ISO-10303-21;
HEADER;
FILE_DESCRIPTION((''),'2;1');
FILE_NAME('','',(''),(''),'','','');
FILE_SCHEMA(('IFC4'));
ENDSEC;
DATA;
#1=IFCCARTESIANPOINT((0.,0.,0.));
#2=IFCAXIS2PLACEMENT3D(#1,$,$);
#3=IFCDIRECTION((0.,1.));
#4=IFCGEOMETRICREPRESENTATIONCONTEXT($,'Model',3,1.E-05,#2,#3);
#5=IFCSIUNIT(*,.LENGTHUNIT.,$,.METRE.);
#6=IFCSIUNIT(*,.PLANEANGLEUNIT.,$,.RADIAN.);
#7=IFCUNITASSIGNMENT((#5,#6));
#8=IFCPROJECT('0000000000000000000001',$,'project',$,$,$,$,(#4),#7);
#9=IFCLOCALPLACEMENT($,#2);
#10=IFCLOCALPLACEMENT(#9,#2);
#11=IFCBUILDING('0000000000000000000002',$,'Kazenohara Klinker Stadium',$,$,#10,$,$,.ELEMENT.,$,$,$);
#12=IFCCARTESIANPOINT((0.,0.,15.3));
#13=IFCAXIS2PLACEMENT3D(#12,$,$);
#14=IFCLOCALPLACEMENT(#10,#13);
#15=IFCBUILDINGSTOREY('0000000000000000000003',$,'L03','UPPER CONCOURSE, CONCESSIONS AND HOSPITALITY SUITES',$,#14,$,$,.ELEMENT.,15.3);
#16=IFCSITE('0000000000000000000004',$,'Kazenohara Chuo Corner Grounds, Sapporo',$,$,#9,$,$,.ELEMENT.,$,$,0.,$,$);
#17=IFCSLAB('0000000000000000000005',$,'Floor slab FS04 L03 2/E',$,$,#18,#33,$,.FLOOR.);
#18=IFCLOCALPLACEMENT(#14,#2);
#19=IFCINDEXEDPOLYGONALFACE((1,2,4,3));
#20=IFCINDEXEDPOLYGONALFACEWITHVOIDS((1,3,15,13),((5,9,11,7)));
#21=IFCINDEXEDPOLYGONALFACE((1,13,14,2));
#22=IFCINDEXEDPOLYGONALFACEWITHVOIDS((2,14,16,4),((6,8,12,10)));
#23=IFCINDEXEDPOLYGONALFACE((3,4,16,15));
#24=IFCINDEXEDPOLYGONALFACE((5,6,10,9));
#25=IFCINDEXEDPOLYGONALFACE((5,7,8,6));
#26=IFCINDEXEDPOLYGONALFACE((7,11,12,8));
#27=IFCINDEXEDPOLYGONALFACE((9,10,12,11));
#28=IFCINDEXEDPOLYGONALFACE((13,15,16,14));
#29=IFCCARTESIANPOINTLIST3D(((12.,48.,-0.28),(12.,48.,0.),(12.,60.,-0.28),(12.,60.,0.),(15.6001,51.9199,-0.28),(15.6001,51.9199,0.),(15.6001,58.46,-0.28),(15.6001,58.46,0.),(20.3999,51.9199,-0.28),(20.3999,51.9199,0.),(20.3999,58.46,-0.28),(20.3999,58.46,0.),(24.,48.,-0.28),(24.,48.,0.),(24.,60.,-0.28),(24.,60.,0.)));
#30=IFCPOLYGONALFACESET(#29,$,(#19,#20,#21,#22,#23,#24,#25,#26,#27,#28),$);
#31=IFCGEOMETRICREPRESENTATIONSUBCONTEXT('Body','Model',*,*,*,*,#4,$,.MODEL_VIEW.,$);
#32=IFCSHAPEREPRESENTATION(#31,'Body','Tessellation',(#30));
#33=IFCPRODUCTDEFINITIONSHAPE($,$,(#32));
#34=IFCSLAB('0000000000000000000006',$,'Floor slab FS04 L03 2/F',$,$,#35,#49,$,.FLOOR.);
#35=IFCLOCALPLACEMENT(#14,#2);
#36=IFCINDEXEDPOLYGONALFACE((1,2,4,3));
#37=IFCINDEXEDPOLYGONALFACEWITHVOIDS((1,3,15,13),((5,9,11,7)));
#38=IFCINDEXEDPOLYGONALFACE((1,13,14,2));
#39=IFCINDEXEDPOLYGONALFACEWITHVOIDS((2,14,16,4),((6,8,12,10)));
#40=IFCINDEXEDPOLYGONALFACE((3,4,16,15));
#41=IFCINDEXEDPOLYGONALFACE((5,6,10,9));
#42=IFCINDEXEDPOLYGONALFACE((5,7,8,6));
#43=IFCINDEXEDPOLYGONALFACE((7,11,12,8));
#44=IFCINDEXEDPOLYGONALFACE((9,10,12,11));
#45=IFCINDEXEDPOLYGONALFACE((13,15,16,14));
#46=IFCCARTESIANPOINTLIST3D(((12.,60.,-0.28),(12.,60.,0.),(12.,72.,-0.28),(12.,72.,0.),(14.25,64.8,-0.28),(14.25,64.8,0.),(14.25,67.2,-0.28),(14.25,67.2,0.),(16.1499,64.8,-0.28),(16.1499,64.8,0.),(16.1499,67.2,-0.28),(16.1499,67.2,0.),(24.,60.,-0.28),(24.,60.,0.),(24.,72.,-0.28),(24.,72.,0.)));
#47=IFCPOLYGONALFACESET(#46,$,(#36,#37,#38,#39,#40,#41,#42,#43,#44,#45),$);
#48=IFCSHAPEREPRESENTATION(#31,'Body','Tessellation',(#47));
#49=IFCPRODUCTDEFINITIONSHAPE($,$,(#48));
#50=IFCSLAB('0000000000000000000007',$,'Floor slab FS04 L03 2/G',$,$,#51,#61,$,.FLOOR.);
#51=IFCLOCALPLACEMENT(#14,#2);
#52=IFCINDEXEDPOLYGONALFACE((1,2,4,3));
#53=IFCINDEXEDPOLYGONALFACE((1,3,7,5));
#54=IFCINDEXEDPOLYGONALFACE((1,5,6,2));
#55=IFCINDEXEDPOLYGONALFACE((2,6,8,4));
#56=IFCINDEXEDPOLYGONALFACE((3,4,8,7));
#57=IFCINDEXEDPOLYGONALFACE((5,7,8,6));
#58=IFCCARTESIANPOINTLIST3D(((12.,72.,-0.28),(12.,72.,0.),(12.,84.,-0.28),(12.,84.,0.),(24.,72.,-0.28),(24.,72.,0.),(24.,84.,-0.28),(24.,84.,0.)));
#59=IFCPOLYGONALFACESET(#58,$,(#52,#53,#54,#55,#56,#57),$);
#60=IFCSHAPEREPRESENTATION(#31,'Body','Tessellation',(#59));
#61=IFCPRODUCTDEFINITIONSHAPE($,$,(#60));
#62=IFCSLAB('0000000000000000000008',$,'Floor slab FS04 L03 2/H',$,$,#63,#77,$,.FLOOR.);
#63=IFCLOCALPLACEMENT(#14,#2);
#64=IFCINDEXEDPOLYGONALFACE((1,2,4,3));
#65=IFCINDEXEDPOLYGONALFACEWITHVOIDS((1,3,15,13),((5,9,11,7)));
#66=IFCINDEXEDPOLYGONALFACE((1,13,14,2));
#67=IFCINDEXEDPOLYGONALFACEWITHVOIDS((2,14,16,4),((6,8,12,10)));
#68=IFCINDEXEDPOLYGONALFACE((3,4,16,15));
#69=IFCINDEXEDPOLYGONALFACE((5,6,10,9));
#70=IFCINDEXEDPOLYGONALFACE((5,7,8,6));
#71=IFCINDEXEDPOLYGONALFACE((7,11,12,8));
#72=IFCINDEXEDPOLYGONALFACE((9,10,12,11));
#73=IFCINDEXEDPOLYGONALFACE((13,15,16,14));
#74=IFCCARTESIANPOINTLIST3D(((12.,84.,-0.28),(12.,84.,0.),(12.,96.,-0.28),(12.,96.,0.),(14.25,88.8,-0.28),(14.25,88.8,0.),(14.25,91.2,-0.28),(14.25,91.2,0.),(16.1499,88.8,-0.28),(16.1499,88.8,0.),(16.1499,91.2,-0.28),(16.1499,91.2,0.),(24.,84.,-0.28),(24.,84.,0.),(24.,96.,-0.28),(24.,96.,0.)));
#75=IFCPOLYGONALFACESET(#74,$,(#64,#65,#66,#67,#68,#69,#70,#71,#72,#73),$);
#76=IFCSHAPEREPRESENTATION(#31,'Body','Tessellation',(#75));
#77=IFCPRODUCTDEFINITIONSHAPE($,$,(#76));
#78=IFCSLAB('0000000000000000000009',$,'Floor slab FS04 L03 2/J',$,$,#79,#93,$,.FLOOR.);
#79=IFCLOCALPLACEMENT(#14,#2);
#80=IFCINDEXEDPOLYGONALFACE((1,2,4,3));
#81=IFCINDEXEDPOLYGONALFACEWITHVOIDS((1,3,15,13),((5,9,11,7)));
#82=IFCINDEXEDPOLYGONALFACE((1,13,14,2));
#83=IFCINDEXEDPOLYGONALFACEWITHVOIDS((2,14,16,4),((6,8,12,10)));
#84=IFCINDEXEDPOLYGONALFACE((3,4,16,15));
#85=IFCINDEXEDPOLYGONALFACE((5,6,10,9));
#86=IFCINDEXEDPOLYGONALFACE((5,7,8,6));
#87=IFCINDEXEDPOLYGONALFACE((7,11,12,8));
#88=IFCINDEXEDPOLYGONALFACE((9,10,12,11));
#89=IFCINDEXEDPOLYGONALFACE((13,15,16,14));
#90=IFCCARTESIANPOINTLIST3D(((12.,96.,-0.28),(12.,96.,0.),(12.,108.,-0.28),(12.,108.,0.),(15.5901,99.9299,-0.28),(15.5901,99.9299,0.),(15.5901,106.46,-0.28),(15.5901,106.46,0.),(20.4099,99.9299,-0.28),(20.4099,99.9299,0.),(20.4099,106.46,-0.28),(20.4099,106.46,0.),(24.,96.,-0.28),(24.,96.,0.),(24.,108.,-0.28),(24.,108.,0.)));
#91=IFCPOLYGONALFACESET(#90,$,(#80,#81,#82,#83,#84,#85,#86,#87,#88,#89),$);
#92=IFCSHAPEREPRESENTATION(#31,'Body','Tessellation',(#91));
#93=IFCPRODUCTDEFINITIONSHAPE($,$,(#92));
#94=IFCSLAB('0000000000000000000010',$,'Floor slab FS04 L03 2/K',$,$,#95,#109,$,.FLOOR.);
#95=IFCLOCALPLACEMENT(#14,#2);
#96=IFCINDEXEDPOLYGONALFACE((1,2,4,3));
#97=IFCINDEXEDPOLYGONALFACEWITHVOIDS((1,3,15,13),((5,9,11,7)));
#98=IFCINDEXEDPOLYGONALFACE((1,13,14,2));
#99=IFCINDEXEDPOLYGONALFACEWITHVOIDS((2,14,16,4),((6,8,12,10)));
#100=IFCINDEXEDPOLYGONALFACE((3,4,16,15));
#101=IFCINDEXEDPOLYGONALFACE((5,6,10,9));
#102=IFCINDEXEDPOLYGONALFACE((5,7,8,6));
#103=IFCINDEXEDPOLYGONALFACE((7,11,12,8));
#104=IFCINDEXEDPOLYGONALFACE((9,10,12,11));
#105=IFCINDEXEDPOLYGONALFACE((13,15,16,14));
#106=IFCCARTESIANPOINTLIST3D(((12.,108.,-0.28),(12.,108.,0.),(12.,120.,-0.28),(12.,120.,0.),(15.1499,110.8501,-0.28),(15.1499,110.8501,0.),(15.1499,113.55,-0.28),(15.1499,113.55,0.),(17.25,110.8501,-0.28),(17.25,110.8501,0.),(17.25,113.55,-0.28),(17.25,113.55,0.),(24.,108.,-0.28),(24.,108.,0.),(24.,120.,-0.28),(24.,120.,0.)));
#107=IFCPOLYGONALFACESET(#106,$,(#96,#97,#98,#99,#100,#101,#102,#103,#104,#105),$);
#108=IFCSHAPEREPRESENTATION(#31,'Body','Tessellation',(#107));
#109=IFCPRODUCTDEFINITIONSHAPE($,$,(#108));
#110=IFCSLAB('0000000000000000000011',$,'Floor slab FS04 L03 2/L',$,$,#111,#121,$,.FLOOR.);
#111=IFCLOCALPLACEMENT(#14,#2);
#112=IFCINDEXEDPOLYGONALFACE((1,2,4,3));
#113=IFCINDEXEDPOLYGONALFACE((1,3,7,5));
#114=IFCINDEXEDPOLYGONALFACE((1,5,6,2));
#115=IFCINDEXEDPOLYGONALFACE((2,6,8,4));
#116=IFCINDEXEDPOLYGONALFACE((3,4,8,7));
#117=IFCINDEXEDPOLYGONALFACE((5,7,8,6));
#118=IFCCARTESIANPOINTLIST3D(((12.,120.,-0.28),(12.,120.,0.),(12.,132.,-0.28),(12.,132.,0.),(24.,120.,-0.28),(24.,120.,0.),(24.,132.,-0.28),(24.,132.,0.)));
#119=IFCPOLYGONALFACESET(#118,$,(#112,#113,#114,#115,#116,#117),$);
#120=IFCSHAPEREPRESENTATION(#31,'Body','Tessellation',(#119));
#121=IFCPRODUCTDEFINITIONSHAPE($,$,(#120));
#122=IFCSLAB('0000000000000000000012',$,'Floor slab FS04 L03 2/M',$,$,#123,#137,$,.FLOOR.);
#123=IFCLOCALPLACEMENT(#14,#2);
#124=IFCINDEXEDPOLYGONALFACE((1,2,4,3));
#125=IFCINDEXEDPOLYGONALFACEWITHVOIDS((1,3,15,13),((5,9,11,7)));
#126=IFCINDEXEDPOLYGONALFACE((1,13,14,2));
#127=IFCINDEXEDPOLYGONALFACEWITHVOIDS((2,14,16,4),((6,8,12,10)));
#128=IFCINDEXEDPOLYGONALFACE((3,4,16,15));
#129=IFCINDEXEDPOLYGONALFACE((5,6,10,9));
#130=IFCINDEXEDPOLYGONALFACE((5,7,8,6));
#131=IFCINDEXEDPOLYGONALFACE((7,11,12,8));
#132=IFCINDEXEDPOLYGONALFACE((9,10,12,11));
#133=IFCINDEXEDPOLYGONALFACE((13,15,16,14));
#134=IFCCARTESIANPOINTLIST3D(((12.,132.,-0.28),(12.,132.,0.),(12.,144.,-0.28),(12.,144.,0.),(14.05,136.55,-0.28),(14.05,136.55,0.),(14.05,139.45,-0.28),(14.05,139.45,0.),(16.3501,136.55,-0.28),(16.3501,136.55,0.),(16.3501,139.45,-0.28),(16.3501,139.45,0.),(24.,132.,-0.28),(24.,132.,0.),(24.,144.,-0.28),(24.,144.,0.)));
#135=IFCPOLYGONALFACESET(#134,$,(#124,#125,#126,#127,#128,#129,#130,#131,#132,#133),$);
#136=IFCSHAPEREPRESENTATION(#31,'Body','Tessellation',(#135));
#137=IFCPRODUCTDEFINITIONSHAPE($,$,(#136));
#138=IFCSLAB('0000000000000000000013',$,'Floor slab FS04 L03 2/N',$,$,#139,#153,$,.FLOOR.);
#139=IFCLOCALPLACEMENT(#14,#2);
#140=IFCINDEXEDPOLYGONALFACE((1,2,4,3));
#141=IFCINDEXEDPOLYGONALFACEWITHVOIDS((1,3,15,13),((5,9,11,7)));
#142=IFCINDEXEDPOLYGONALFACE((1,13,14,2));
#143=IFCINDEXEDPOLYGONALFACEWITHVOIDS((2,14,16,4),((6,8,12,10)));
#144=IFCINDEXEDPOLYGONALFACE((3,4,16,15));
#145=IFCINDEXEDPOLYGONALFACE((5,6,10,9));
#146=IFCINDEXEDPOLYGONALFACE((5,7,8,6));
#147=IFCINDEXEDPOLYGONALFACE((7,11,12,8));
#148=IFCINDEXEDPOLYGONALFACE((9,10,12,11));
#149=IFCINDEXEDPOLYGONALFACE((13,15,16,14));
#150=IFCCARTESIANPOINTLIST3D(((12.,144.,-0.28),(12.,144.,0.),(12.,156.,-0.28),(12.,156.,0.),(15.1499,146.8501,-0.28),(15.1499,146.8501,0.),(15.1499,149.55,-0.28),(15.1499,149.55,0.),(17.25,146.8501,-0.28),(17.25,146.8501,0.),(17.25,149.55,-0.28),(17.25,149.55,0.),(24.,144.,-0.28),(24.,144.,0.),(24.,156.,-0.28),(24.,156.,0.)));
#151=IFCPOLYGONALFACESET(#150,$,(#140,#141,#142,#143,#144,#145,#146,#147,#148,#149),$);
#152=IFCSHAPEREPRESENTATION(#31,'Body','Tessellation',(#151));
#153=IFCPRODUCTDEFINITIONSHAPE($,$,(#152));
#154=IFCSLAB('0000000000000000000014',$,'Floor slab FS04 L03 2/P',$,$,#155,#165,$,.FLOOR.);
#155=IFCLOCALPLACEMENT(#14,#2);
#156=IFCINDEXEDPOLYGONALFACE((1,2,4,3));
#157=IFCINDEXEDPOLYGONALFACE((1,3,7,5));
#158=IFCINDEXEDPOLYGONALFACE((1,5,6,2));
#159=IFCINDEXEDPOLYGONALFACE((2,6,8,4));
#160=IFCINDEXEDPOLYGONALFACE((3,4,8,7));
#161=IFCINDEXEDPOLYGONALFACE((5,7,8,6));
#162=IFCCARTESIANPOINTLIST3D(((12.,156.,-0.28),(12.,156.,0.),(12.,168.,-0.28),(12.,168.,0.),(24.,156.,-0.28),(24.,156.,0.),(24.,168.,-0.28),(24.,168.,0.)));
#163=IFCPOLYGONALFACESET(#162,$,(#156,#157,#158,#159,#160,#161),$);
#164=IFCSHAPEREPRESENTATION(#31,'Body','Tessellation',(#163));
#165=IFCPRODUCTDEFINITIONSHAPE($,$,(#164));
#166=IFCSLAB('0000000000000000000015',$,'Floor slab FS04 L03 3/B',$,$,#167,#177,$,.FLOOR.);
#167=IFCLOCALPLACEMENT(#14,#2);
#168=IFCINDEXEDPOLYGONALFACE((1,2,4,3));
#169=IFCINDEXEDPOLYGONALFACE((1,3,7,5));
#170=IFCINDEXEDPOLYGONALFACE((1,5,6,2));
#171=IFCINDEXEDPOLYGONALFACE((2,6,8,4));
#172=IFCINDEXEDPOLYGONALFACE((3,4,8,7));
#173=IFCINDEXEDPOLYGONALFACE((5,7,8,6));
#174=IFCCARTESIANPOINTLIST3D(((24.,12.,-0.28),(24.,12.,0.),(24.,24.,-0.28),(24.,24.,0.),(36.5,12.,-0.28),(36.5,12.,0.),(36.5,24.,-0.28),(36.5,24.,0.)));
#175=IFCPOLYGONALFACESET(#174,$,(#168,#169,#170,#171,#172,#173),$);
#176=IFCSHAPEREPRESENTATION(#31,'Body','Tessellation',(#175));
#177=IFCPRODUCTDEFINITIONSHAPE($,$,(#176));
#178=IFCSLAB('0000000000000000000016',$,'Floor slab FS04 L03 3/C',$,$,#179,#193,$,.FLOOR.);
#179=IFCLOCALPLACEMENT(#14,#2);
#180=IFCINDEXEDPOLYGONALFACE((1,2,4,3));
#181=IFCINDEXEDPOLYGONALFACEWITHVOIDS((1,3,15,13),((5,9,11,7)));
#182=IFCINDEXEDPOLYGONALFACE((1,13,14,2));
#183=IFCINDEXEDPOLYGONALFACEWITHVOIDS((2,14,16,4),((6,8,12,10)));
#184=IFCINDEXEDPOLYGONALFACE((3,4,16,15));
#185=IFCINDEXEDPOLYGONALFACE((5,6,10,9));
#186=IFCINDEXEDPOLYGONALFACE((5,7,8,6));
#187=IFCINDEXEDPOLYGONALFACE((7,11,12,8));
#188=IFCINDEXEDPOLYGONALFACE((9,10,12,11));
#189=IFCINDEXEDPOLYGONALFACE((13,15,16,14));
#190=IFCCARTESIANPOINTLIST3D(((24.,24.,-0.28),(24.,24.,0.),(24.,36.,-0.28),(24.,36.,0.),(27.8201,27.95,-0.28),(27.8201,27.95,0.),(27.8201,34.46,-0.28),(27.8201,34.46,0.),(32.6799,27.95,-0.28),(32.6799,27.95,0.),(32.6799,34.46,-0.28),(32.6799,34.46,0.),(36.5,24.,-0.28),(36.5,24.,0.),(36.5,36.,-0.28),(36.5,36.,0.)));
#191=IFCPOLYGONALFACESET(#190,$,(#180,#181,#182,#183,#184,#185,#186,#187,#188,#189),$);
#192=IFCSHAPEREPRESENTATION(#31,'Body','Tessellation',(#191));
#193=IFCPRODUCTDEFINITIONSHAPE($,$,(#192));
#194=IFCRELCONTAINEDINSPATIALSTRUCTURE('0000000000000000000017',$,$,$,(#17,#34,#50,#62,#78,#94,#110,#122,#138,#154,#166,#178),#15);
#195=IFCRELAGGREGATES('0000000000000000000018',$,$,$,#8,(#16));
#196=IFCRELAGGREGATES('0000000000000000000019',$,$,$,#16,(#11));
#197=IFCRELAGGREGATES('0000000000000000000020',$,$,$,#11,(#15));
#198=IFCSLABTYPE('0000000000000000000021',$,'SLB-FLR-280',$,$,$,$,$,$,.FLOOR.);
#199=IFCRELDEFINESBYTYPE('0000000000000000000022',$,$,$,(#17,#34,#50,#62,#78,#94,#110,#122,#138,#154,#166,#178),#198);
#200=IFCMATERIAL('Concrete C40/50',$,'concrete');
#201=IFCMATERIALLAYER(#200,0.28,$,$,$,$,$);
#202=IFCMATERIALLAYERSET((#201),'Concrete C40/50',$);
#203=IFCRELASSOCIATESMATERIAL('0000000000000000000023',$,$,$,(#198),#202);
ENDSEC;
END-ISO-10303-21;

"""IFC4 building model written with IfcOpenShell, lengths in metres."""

from ifc_helpers import new_model, si_unit, direction, frame, origin, place, context, subcontext, project, spatial, polyline, outline, extrude, material, layer, layer_set, type_object, element, save


model = new_model("IFC4")

# Units and contexts
model_context = context("Model", 3, precision=1e-05, world=origin(), true_north=direction((0.0, 1.0)))
body_context = subcontext(model_context, "Body", "Model", "MODEL_VIEW")
ifc_project = project(units=[si_unit("LENGTHUNIT", "METRE"), si_unit("PLANEANGLEUNIT", "RADIAN")], contexts=[model_context])

# Site, building, storey
site_placement = place(None, origin())
site = spatial("IfcSite", under=ifc_project, at=site_placement, Name="Kazenohara Chuo Corner Grounds, Sapporo", CompositionType="ELEMENT", RefElevation=0.0)
building_placement = place(site_placement, origin())
building = spatial("IfcBuilding", under=site, at=building_placement, Name="Kazenohara Klinker Stadium", CompositionType="ELEMENT")
storey_placement = place(building_placement, frame((0.0, 0.0, 15.3)))
storey = spatial("IfcBuildingStorey", under=building, at=storey_placement, Name="L03", Description="UPPER CONCOURSE, CONCESSIONS AND HOSPITALITY SUITES", CompositionType="ELEMENT", Elevation=15.3)

# Slabs
ifc_material = material(Name="Concrete C40/50", Category="concrete")
ifc_layer = layer(ifc_material, 0.28)
ifc_layer_set = layer_set([ifc_layer], Name="Concrete C40/50")
slab_type = type_object("IfcSlabType", Name="SLB-FLR-280", PredefinedType="FLOOR", material=ifc_layer_set)
slab_1_placement = place(storey_placement, frame((0.0, 0.0, -0.28)))
element("IfcSlab", 1, at=slab_1_placement, inside=storey, type_object=slab_type, Name="Floor slab FS04 L03 2/E", PredefinedType="FLOOR", context=body_context, shape_type="SweptSolid", body=[
    extrude(outline(polyline([(12.0, 48.0), (24.0, 48.0), (24.0, 60.0), (12.0, 60.0), (12.0, 48.0)]), holes=[polyline([(20.3999, 51.9199), (20.3999, 58.46), (15.6001, 58.46), (15.6001, 51.9199), (20.3999, 51.9199)])]), origin(), (0.0, 0.0, 1.0), 0.28),
])
slab_2_placement = place(storey_placement, frame((0.0, 0.0, -0.28)))
element("IfcSlab", 2, at=slab_2_placement, inside=storey, type_object=slab_type, Name="Floor slab FS04 L03 2/F", PredefinedType="FLOOR", context=body_context, shape_type="SweptSolid", body=[
    extrude(outline(polyline([(12.0, 60.0), (24.0, 60.0), (24.0, 72.0), (12.0, 72.0), (12.0, 60.0)]), holes=[polyline([(14.25, 64.8), (16.1499, 64.8), (16.1499, 67.2), (14.25, 67.2), (14.25, 64.8)])]), origin(), (0.0, 0.0, 1.0), 0.28),
])
slab_3_placement = place(storey_placement, frame((0.0, 0.0, -0.28)))
element("IfcSlab", 3, at=slab_3_placement, inside=storey, type_object=slab_type, Name="Floor slab FS04 L03 2/G", PredefinedType="FLOOR", context=body_context, shape_type="SweptSolid", body=[
    extrude(outline(polyline([(12.0, 72.0), (24.0, 72.0), (24.0, 84.0), (12.0, 84.0), (12.0, 72.0)])), origin(), (0.0, 0.0, 1.0), 0.28),
])
slab_4_placement = place(storey_placement, frame((0.0, 0.0, -0.28)))
element("IfcSlab", 4, at=slab_4_placement, inside=storey, type_object=slab_type, Name="Floor slab FS04 L03 2/H", PredefinedType="FLOOR", context=body_context, shape_type="SweptSolid", body=[
    extrude(outline(polyline([(12.0, 84.0), (24.0, 84.0), (24.0, 96.0), (12.0, 96.0), (12.0, 84.0)]), holes=[polyline([(14.25, 88.8), (16.1499, 88.8), (16.1499, 91.2), (14.25, 91.2), (14.25, 88.8)])]), origin(), (0.0, 0.0, 1.0), 0.28),
])
slab_5_placement = place(storey_placement, frame((0.0, 0.0, -0.28)))
element("IfcSlab", 5, at=slab_5_placement, inside=storey, type_object=slab_type, Name="Floor slab FS04 L03 2/J", PredefinedType="FLOOR", context=body_context, shape_type="SweptSolid", body=[
    extrude(outline(polyline([(12.0, 96.0), (24.0, 96.0), (24.0, 108.0), (12.0, 108.0), (12.0, 96.0)]), holes=[polyline([(20.4099, 99.9299), (20.4099, 106.46), (15.5901, 106.46), (15.5901, 99.9299), (20.4099, 99.9299)])]), origin(), (0.0, 0.0, 1.0), 0.28),
])
slab_6_placement = place(storey_placement, frame((0.0, 0.0, -0.28)))
element("IfcSlab", 6, at=slab_6_placement, inside=storey, type_object=slab_type, Name="Floor slab FS04 L03 2/K", PredefinedType="FLOOR", context=body_context, shape_type="SweptSolid", body=[
    extrude(outline(polyline([(12.0, 108.0), (24.0, 108.0), (24.0, 120.0), (12.0, 120.0), (12.0, 108.0)]), holes=[polyline([(15.1499, 110.8501), (17.25, 110.8501), (17.25, 113.55), (15.1499, 113.55), (15.1499, 110.8501)])]), origin(), (0.0, 0.0, 1.0), 0.28),
])
slab_7_placement = place(storey_placement, frame((0.0, 0.0, -0.28)))
element("IfcSlab", 7, at=slab_7_placement, inside=storey, type_object=slab_type, Name="Floor slab FS04 L03 2/L", PredefinedType="FLOOR", context=body_context, shape_type="SweptSolid", body=[
    extrude(outline(polyline([(12.0, 120.0), (24.0, 120.0), (24.0, 132.0), (12.0, 132.0), (12.0, 120.0)])), origin(), (0.0, 0.0, 1.0), 0.28),
])
slab_8_placement = place(storey_placement, frame((0.0, 0.0, -0.28)))
element("IfcSlab", 8, at=slab_8_placement, inside=storey, type_object=slab_type, Name="Floor slab FS04 L03 2/M", PredefinedType="FLOOR", context=body_context, shape_type="SweptSolid", body=[
    extrude(outline(polyline([(12.0, 132.0), (24.0, 132.0), (24.0, 144.0), (12.0, 144.0), (12.0, 132.0)]), holes=[polyline([(14.05, 136.55), (16.3501, 136.55), (16.3501, 139.45), (14.05, 139.45), (14.05, 136.55)])]), origin(), (0.0, 0.0, 1.0), 0.28),
])
slab_9_placement = place(storey_placement, frame((0.0, 0.0, -0.28)))
element("IfcSlab", 9, at=slab_9_placement, inside=storey, type_object=slab_type, Name="Floor slab FS04 L03 2/N", PredefinedType="FLOOR", context=body_context, shape_type="SweptSolid", body=[
    extrude(outline(polyline([(12.0, 144.0), (24.0, 144.0), (24.0, 156.0), (12.0, 156.0), (12.0, 144.0)]), holes=[polyline([(15.1499, 146.8501), (17.25, 146.8501), (17.25, 149.55), (15.1499, 149.55), (15.1499, 146.8501)])]), origin(), (0.0, 0.0, 1.0), 0.28),
])
slab_10_placement = place(storey_placement, frame((0.0, 0.0, -0.28)))
element("IfcSlab", 10, at=slab_10_placement, inside=storey, type_object=slab_type, Name="Floor slab FS04 L03 2/P", PredefinedType="FLOOR", context=body_context, shape_type="SweptSolid", body=[
    extrude(outline(polyline([(12.0, 156.0), (24.0, 156.0), (24.0, 168.0), (12.0, 168.0), (12.0, 156.0)])), origin(), (0.0, 0.0, 1.0), 0.28),
])
slab_11_placement = place(storey_placement, frame((0.0, 0.0, -0.28)))
element("IfcSlab", 11, at=slab_11_placement, inside=storey, type_object=slab_type, Name="Floor slab FS04 L03 3/B", PredefinedType="FLOOR", context=body_context, shape_type="SweptSolid", body=[
    extrude(outline(polyline([(24.0, 12.0), (36.5, 12.0), (36.5, 24.0), (24.0, 24.0), (24.0, 12.0)])), origin(), (0.0, 0.0, 1.0), 0.28),
])
slab_12_placement = place(storey_placement, frame((0.0, 0.0, -0.28)))
element("IfcSlab", 12, at=slab_12_placement, inside=storey, type_object=slab_type, Name="Floor slab FS04 L03 3/C", PredefinedType="FLOOR", context=body_context, shape_type="SweptSolid", body=[
    extrude(outline(polyline([(24.0, 24.0), (36.5, 24.0), (36.5, 36.0), (24.0, 36.0), (24.0, 24.0)]), holes=[polyline([(32.6799, 27.95), (32.6799, 34.46), (27.8201, 34.46), (27.8201, 27.95), (32.6799, 27.95)])]), origin(), (0.0, 0.0, 1.0), 0.28),
])

save(model, "model.ifc")
